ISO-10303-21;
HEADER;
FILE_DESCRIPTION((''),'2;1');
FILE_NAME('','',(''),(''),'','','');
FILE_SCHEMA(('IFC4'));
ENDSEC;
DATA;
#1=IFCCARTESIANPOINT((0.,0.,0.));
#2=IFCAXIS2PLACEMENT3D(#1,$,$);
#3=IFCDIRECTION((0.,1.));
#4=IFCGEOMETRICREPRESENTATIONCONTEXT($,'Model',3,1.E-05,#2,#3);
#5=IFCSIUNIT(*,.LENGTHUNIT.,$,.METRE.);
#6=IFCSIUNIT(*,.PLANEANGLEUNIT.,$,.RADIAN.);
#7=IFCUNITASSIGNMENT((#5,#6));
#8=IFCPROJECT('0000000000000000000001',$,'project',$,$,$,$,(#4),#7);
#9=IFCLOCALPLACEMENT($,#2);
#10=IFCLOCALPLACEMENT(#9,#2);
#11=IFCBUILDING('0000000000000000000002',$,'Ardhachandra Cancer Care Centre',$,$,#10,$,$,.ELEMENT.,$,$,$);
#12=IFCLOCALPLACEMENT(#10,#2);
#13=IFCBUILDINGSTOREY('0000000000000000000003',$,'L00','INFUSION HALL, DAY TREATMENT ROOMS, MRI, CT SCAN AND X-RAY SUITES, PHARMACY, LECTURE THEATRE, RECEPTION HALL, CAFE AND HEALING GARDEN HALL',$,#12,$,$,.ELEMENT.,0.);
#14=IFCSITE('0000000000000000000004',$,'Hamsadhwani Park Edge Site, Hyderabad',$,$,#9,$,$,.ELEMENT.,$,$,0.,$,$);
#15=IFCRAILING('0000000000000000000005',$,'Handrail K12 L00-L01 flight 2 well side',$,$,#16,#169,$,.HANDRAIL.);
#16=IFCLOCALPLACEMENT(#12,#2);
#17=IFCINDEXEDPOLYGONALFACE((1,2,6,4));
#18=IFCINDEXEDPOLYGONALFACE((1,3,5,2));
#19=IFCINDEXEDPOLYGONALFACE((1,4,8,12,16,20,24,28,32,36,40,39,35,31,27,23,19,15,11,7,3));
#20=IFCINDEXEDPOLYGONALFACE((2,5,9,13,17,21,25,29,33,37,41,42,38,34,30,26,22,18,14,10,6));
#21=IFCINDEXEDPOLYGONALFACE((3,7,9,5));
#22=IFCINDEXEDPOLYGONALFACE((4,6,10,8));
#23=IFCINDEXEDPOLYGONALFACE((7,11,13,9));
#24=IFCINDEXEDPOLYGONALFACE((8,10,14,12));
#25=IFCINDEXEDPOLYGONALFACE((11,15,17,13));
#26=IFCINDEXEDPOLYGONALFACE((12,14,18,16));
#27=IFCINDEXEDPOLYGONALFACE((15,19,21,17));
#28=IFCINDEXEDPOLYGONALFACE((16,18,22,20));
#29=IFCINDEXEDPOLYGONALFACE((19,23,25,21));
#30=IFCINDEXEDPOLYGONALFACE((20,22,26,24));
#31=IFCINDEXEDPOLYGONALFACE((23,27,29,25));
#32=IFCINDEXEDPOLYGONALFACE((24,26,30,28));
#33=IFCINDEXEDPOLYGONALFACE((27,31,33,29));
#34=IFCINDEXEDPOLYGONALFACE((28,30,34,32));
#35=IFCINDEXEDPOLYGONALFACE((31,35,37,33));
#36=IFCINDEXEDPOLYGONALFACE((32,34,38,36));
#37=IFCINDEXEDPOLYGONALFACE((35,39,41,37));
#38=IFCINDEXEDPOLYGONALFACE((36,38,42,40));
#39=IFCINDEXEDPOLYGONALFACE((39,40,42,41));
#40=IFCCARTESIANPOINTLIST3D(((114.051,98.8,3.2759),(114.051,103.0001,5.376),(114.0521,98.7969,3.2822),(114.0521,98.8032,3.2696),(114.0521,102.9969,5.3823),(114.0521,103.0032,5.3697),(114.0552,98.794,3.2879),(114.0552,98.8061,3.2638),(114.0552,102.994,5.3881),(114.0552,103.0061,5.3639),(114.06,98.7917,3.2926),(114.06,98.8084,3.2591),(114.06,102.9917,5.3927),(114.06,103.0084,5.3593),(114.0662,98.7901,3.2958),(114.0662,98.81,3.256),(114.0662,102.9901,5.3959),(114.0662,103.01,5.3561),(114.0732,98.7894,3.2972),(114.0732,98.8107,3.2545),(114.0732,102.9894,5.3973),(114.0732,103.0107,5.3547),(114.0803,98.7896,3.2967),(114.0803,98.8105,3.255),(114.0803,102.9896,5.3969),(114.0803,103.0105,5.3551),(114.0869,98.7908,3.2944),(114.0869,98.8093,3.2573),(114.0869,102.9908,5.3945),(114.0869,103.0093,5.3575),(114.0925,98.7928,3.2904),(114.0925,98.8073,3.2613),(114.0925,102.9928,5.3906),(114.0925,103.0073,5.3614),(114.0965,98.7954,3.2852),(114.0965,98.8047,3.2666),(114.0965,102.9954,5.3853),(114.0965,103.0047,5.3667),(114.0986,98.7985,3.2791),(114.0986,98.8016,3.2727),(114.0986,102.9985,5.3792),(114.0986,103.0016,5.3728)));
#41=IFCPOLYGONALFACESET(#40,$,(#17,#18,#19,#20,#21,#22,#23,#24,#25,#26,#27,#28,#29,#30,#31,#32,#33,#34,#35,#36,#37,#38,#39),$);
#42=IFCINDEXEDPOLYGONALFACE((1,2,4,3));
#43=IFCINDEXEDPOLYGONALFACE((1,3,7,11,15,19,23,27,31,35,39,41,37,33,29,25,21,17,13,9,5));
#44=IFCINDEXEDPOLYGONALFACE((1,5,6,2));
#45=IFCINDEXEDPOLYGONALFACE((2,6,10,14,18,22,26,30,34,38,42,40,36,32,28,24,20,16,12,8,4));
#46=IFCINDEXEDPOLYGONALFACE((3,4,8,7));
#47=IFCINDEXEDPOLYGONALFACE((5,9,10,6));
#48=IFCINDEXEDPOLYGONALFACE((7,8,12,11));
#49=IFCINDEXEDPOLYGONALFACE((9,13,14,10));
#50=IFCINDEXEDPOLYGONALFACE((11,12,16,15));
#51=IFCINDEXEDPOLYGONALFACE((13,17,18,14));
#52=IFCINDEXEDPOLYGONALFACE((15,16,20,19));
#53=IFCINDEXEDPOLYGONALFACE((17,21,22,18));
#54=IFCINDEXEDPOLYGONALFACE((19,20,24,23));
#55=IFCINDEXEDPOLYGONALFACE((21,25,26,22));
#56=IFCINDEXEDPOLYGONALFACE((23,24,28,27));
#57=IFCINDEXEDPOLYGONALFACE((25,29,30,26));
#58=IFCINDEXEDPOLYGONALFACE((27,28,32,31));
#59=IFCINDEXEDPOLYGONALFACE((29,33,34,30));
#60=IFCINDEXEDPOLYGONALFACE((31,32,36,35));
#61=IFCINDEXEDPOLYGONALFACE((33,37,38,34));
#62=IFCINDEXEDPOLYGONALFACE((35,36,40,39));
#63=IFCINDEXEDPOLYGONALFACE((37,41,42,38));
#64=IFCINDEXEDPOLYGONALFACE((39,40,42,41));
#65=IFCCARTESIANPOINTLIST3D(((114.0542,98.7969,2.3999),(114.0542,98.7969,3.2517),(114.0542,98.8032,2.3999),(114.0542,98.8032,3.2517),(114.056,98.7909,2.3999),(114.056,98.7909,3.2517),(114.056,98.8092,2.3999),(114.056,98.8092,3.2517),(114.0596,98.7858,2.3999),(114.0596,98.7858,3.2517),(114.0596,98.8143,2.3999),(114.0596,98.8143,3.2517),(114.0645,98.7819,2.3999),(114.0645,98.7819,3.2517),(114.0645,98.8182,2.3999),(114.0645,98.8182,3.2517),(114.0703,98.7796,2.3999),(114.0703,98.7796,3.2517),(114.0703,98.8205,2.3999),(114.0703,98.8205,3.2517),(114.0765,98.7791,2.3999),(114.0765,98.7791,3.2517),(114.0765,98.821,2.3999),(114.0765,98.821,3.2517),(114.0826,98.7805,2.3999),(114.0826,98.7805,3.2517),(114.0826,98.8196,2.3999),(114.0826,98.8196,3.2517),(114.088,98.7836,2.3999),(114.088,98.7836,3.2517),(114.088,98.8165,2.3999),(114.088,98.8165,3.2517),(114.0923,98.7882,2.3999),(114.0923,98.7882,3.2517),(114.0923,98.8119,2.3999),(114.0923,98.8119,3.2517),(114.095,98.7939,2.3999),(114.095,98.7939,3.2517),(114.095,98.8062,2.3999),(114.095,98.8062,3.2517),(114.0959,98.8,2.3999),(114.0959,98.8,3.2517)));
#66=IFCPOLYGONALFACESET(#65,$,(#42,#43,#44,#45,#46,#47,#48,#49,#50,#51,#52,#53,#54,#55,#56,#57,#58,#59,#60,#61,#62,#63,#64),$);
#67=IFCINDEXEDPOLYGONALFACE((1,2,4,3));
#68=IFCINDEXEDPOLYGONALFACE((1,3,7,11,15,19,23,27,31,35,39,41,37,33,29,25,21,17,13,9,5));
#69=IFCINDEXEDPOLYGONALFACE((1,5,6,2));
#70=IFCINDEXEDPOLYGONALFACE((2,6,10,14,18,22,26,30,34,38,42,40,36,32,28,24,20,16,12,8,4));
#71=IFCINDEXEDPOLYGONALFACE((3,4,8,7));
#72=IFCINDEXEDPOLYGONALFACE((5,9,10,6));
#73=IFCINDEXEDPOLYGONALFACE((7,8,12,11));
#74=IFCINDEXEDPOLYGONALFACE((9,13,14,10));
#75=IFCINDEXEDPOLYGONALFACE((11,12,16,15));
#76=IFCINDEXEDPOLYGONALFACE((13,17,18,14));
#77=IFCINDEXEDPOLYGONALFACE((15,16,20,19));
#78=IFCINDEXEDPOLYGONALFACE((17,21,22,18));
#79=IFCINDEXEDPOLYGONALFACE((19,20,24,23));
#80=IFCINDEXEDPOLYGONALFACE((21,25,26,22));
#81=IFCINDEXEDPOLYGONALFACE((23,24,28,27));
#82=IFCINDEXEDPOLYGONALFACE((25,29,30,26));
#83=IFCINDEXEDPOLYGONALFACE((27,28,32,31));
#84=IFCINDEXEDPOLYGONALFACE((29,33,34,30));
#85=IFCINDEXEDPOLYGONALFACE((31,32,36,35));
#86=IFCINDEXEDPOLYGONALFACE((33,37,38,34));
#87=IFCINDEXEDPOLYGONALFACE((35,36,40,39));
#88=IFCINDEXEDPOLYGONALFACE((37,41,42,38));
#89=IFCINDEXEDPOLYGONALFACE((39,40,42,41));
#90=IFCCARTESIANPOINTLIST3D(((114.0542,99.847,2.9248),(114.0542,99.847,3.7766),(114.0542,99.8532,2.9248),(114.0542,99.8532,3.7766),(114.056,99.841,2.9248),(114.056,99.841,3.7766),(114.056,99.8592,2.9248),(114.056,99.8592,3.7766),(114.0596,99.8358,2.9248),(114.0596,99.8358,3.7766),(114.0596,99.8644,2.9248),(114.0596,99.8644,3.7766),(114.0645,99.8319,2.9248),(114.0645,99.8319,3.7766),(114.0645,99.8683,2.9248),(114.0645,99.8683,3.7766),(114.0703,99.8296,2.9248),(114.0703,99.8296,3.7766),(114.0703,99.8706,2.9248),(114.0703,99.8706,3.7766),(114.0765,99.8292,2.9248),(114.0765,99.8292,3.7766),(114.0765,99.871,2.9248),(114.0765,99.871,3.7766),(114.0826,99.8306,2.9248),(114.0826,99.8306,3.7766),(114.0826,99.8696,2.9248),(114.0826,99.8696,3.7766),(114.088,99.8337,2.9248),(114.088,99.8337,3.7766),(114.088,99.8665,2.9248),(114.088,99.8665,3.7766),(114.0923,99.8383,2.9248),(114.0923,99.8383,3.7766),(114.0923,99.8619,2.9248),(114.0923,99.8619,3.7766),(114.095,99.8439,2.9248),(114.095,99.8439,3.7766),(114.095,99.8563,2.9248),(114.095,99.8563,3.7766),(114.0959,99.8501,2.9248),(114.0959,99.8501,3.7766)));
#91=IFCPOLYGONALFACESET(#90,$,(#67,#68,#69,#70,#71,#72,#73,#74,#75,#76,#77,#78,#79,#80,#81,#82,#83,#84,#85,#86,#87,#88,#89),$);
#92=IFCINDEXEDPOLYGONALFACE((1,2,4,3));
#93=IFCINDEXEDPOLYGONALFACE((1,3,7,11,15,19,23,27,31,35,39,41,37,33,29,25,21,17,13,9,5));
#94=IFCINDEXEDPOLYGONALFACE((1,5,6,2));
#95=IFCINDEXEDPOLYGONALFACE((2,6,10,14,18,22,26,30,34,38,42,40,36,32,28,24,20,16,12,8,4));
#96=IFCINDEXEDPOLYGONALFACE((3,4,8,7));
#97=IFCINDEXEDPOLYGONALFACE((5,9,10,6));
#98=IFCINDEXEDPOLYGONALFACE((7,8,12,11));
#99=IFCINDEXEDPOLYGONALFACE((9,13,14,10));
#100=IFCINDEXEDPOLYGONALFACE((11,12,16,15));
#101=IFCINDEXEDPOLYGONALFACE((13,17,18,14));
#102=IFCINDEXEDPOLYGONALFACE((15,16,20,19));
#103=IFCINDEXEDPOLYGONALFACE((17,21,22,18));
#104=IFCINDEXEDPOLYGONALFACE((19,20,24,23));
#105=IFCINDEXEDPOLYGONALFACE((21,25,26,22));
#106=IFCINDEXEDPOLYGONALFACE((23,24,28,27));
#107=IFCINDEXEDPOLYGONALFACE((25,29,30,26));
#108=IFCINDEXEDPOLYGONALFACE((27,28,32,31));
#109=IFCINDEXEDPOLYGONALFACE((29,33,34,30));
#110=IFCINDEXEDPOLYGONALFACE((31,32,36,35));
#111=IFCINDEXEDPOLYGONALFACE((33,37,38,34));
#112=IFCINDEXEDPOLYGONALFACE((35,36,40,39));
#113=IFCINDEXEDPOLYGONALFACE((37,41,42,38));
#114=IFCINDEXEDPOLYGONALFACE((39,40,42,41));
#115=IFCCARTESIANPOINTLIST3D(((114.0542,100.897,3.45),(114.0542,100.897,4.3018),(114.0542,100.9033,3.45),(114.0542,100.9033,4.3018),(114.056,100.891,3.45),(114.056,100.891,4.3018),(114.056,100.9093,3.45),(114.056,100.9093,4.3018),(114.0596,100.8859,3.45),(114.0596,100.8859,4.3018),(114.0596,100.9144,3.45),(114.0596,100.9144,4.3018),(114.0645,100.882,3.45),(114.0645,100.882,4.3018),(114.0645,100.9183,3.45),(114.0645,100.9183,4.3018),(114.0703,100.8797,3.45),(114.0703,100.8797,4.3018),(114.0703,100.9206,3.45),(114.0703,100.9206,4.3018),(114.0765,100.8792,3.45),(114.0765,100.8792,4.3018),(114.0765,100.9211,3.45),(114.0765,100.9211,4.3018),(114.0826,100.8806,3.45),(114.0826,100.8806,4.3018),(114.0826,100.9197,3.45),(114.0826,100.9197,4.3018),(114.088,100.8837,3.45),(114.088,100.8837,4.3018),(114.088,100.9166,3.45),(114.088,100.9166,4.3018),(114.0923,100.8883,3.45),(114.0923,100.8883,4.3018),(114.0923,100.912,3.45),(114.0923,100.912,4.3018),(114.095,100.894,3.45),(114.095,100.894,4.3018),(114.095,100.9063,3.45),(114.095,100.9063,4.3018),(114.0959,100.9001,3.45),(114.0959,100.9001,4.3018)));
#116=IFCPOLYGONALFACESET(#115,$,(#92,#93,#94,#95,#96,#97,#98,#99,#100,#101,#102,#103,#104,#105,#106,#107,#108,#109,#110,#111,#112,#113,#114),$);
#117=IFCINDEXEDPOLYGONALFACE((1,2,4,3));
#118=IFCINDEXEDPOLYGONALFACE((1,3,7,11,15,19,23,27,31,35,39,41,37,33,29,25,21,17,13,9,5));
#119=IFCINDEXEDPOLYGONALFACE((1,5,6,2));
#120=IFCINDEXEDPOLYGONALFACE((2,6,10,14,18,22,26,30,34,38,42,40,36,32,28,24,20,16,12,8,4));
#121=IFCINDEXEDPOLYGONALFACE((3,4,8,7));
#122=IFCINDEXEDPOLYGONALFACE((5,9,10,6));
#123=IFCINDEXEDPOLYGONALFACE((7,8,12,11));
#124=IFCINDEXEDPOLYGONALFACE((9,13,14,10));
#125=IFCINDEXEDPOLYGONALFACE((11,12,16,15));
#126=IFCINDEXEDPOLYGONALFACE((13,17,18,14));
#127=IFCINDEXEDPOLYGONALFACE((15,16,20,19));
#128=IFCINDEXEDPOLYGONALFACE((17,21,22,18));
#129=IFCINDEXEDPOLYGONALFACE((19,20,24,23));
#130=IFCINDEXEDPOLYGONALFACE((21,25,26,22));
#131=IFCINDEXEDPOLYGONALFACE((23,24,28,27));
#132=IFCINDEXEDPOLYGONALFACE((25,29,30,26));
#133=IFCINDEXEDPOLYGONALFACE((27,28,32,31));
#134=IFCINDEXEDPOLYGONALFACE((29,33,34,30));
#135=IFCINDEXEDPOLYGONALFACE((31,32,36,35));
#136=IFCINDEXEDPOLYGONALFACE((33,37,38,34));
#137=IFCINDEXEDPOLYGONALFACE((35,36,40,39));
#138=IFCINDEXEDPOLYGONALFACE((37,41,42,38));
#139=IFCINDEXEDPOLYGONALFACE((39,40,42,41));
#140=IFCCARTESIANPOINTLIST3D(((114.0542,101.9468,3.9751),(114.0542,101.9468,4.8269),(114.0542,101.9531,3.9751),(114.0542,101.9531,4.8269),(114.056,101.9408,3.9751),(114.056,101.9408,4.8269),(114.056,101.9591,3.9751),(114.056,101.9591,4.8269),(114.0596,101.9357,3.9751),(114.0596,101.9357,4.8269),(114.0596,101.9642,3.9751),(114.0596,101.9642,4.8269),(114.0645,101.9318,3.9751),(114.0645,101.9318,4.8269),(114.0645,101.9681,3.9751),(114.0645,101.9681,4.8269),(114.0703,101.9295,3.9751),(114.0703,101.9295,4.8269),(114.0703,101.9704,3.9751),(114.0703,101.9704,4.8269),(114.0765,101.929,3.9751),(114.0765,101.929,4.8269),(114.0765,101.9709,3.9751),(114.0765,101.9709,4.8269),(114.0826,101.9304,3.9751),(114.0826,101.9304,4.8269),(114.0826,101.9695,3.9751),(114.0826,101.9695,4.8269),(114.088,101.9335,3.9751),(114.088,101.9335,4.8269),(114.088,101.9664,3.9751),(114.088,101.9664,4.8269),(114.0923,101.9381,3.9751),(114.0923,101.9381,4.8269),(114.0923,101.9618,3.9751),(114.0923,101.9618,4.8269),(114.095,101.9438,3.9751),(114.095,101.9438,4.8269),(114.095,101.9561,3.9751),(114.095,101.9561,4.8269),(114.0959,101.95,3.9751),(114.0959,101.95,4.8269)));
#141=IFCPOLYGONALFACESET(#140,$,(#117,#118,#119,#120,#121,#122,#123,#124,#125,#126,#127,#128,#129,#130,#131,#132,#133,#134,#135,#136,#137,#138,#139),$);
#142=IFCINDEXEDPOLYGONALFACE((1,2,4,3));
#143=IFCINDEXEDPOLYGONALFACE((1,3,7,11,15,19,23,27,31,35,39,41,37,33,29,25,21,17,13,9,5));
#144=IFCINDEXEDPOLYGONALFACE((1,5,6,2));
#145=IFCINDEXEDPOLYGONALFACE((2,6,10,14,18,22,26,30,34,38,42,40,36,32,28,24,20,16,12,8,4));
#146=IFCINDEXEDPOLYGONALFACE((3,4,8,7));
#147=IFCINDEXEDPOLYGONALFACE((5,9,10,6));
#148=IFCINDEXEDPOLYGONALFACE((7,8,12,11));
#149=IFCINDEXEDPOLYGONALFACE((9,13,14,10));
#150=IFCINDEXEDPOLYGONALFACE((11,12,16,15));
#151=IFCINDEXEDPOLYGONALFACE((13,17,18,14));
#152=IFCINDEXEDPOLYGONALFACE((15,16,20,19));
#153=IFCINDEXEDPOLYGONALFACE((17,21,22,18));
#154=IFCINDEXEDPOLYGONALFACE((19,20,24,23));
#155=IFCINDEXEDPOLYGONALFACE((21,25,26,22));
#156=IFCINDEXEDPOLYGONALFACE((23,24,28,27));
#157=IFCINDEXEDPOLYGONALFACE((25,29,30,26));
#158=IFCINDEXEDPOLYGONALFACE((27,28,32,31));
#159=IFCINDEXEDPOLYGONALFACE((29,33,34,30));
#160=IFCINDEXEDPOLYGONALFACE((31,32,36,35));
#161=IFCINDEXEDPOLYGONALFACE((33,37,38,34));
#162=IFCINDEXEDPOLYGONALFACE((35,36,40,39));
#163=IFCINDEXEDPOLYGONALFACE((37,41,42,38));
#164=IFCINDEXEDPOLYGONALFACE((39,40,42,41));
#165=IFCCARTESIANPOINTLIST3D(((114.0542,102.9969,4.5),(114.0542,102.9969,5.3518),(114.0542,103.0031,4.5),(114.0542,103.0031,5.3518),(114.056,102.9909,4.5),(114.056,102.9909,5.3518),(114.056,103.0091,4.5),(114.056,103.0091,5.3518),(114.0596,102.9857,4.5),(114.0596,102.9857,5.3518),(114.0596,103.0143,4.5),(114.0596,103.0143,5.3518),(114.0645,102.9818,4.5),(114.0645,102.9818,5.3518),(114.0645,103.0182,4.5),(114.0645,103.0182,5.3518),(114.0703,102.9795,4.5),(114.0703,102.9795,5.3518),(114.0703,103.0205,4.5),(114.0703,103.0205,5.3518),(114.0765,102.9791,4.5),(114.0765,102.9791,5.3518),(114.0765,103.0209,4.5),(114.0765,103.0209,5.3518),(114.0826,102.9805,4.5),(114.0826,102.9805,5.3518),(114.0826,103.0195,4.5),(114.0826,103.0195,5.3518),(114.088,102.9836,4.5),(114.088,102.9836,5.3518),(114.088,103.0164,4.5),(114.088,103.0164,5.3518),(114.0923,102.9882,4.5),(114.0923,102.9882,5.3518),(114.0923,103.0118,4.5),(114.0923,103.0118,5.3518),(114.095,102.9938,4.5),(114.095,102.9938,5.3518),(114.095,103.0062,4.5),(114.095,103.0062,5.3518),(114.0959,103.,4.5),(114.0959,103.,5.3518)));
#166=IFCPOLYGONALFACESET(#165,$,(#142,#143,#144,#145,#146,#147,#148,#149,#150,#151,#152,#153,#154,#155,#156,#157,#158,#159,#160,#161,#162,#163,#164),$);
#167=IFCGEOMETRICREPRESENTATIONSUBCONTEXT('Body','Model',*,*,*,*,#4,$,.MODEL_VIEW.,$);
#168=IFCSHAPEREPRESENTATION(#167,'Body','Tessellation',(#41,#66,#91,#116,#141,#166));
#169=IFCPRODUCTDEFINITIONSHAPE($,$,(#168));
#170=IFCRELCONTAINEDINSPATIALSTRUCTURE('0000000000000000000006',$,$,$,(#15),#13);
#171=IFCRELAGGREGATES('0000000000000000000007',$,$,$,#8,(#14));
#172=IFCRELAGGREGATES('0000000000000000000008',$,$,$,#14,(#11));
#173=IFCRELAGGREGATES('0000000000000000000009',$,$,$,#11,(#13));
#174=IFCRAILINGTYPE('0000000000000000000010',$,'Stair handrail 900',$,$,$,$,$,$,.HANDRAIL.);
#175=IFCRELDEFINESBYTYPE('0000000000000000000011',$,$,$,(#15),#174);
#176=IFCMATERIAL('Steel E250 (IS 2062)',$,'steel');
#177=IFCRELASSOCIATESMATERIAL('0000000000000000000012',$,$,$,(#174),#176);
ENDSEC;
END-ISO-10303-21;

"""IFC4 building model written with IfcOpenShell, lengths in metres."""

from ifc_helpers import new_model, si_unit, direction, frame, origin, origin_2d, place, context, subcontext, project, spatial, circle, extrude, material, type_object, element, save


model = new_model("IFC4")

# Units and contexts
model_context = context("Model", 3, precision=1e-05, world=origin(), true_north=direction((0.0, 1.0)))
body_context = subcontext(model_context, "Body", "Model", "MODEL_VIEW")
ifc_project = project(units=[si_unit("LENGTHUNIT", "METRE"), si_unit("PLANEANGLEUNIT", "RADIAN")], contexts=[model_context])

# Site, building, storey
site_placement = place(None, origin())
site = spatial("IfcSite", under=ifc_project, at=site_placement, Name="Hamsadhwani Park Edge Site, Hyderabad", CompositionType="ELEMENT", RefElevation=0.0)
building_placement = place(site_placement, origin())
building = spatial("IfcBuilding", under=site, at=building_placement, Name="Ardhachandra Cancer Care Centre", CompositionType="ELEMENT")
storey_placement = place(building_placement, origin())
storey = spatial("IfcBuildingStorey", under=building, at=storey_placement, Name="L00", Description="INFUSION HALL, DAY TREATMENT ROOMS, MRI, CT SCAN AND X-RAY SUITES, PHARMACY, LECTURE THEATRE, RECEPTION HALL, CAFE AND HEALING GARDEN HALL", CompositionType="ELEMENT", Elevation=0.0)

# Railing
ifc_material_1 = material(Name="Steel E250 (IS 2062)", Category="steel")
railing_type_1 = type_object("IfcRailingType", Name="Stair handrail 900", PredefinedType="HANDRAIL", material=ifc_material_1)
railing_1_placement = place(storey_placement, frame((114.075, 98.8, 2.3999)))
element("IfcRailing", 1, at=railing_1_placement, inside=storey, type_object=railing_type_1, Name="Handrail K12 L00-L01 flight 2 well side", PredefinedType="HANDRAIL", context=body_context, shape_type="SweptSolid", body=[
    extrude(circle(Radius=0.0239, at=origin_2d()), frame((0.0, 0.0, 0.876), z_axis=(0.0, 0.894417, 0.447234), x_axis=(-1.0, 0.0, 0.0)), (0.0, 0.0, 1.0), 4.6958),
    extrude(circle(Radius=0.021, at=origin_2d()), origin(), (0.0, 0.0, 1.0), 0.8518),
    extrude(circle(Radius=0.021, at=origin_2d()), frame((0.0, 1.05, 0.5249)), (0.0, 0.0, 1.0), 0.8518),
    extrude(circle(Radius=0.021, at=origin_2d()), frame((0.0, 2.1001, 1.05)), (0.0, 0.0, 1.0), 0.8518),
    extrude(circle(Radius=0.021, at=origin_2d()), frame((0.0, 3.1499, 1.5752)), (0.0, 0.0, 1.0), 0.8518),
    extrude(circle(Radius=0.021, at=origin_2d()), frame((0.0, 4.2, 2.1001)), (0.0, 0.0, 1.0), 0.8518),
])

save(model, "model.ifc")
